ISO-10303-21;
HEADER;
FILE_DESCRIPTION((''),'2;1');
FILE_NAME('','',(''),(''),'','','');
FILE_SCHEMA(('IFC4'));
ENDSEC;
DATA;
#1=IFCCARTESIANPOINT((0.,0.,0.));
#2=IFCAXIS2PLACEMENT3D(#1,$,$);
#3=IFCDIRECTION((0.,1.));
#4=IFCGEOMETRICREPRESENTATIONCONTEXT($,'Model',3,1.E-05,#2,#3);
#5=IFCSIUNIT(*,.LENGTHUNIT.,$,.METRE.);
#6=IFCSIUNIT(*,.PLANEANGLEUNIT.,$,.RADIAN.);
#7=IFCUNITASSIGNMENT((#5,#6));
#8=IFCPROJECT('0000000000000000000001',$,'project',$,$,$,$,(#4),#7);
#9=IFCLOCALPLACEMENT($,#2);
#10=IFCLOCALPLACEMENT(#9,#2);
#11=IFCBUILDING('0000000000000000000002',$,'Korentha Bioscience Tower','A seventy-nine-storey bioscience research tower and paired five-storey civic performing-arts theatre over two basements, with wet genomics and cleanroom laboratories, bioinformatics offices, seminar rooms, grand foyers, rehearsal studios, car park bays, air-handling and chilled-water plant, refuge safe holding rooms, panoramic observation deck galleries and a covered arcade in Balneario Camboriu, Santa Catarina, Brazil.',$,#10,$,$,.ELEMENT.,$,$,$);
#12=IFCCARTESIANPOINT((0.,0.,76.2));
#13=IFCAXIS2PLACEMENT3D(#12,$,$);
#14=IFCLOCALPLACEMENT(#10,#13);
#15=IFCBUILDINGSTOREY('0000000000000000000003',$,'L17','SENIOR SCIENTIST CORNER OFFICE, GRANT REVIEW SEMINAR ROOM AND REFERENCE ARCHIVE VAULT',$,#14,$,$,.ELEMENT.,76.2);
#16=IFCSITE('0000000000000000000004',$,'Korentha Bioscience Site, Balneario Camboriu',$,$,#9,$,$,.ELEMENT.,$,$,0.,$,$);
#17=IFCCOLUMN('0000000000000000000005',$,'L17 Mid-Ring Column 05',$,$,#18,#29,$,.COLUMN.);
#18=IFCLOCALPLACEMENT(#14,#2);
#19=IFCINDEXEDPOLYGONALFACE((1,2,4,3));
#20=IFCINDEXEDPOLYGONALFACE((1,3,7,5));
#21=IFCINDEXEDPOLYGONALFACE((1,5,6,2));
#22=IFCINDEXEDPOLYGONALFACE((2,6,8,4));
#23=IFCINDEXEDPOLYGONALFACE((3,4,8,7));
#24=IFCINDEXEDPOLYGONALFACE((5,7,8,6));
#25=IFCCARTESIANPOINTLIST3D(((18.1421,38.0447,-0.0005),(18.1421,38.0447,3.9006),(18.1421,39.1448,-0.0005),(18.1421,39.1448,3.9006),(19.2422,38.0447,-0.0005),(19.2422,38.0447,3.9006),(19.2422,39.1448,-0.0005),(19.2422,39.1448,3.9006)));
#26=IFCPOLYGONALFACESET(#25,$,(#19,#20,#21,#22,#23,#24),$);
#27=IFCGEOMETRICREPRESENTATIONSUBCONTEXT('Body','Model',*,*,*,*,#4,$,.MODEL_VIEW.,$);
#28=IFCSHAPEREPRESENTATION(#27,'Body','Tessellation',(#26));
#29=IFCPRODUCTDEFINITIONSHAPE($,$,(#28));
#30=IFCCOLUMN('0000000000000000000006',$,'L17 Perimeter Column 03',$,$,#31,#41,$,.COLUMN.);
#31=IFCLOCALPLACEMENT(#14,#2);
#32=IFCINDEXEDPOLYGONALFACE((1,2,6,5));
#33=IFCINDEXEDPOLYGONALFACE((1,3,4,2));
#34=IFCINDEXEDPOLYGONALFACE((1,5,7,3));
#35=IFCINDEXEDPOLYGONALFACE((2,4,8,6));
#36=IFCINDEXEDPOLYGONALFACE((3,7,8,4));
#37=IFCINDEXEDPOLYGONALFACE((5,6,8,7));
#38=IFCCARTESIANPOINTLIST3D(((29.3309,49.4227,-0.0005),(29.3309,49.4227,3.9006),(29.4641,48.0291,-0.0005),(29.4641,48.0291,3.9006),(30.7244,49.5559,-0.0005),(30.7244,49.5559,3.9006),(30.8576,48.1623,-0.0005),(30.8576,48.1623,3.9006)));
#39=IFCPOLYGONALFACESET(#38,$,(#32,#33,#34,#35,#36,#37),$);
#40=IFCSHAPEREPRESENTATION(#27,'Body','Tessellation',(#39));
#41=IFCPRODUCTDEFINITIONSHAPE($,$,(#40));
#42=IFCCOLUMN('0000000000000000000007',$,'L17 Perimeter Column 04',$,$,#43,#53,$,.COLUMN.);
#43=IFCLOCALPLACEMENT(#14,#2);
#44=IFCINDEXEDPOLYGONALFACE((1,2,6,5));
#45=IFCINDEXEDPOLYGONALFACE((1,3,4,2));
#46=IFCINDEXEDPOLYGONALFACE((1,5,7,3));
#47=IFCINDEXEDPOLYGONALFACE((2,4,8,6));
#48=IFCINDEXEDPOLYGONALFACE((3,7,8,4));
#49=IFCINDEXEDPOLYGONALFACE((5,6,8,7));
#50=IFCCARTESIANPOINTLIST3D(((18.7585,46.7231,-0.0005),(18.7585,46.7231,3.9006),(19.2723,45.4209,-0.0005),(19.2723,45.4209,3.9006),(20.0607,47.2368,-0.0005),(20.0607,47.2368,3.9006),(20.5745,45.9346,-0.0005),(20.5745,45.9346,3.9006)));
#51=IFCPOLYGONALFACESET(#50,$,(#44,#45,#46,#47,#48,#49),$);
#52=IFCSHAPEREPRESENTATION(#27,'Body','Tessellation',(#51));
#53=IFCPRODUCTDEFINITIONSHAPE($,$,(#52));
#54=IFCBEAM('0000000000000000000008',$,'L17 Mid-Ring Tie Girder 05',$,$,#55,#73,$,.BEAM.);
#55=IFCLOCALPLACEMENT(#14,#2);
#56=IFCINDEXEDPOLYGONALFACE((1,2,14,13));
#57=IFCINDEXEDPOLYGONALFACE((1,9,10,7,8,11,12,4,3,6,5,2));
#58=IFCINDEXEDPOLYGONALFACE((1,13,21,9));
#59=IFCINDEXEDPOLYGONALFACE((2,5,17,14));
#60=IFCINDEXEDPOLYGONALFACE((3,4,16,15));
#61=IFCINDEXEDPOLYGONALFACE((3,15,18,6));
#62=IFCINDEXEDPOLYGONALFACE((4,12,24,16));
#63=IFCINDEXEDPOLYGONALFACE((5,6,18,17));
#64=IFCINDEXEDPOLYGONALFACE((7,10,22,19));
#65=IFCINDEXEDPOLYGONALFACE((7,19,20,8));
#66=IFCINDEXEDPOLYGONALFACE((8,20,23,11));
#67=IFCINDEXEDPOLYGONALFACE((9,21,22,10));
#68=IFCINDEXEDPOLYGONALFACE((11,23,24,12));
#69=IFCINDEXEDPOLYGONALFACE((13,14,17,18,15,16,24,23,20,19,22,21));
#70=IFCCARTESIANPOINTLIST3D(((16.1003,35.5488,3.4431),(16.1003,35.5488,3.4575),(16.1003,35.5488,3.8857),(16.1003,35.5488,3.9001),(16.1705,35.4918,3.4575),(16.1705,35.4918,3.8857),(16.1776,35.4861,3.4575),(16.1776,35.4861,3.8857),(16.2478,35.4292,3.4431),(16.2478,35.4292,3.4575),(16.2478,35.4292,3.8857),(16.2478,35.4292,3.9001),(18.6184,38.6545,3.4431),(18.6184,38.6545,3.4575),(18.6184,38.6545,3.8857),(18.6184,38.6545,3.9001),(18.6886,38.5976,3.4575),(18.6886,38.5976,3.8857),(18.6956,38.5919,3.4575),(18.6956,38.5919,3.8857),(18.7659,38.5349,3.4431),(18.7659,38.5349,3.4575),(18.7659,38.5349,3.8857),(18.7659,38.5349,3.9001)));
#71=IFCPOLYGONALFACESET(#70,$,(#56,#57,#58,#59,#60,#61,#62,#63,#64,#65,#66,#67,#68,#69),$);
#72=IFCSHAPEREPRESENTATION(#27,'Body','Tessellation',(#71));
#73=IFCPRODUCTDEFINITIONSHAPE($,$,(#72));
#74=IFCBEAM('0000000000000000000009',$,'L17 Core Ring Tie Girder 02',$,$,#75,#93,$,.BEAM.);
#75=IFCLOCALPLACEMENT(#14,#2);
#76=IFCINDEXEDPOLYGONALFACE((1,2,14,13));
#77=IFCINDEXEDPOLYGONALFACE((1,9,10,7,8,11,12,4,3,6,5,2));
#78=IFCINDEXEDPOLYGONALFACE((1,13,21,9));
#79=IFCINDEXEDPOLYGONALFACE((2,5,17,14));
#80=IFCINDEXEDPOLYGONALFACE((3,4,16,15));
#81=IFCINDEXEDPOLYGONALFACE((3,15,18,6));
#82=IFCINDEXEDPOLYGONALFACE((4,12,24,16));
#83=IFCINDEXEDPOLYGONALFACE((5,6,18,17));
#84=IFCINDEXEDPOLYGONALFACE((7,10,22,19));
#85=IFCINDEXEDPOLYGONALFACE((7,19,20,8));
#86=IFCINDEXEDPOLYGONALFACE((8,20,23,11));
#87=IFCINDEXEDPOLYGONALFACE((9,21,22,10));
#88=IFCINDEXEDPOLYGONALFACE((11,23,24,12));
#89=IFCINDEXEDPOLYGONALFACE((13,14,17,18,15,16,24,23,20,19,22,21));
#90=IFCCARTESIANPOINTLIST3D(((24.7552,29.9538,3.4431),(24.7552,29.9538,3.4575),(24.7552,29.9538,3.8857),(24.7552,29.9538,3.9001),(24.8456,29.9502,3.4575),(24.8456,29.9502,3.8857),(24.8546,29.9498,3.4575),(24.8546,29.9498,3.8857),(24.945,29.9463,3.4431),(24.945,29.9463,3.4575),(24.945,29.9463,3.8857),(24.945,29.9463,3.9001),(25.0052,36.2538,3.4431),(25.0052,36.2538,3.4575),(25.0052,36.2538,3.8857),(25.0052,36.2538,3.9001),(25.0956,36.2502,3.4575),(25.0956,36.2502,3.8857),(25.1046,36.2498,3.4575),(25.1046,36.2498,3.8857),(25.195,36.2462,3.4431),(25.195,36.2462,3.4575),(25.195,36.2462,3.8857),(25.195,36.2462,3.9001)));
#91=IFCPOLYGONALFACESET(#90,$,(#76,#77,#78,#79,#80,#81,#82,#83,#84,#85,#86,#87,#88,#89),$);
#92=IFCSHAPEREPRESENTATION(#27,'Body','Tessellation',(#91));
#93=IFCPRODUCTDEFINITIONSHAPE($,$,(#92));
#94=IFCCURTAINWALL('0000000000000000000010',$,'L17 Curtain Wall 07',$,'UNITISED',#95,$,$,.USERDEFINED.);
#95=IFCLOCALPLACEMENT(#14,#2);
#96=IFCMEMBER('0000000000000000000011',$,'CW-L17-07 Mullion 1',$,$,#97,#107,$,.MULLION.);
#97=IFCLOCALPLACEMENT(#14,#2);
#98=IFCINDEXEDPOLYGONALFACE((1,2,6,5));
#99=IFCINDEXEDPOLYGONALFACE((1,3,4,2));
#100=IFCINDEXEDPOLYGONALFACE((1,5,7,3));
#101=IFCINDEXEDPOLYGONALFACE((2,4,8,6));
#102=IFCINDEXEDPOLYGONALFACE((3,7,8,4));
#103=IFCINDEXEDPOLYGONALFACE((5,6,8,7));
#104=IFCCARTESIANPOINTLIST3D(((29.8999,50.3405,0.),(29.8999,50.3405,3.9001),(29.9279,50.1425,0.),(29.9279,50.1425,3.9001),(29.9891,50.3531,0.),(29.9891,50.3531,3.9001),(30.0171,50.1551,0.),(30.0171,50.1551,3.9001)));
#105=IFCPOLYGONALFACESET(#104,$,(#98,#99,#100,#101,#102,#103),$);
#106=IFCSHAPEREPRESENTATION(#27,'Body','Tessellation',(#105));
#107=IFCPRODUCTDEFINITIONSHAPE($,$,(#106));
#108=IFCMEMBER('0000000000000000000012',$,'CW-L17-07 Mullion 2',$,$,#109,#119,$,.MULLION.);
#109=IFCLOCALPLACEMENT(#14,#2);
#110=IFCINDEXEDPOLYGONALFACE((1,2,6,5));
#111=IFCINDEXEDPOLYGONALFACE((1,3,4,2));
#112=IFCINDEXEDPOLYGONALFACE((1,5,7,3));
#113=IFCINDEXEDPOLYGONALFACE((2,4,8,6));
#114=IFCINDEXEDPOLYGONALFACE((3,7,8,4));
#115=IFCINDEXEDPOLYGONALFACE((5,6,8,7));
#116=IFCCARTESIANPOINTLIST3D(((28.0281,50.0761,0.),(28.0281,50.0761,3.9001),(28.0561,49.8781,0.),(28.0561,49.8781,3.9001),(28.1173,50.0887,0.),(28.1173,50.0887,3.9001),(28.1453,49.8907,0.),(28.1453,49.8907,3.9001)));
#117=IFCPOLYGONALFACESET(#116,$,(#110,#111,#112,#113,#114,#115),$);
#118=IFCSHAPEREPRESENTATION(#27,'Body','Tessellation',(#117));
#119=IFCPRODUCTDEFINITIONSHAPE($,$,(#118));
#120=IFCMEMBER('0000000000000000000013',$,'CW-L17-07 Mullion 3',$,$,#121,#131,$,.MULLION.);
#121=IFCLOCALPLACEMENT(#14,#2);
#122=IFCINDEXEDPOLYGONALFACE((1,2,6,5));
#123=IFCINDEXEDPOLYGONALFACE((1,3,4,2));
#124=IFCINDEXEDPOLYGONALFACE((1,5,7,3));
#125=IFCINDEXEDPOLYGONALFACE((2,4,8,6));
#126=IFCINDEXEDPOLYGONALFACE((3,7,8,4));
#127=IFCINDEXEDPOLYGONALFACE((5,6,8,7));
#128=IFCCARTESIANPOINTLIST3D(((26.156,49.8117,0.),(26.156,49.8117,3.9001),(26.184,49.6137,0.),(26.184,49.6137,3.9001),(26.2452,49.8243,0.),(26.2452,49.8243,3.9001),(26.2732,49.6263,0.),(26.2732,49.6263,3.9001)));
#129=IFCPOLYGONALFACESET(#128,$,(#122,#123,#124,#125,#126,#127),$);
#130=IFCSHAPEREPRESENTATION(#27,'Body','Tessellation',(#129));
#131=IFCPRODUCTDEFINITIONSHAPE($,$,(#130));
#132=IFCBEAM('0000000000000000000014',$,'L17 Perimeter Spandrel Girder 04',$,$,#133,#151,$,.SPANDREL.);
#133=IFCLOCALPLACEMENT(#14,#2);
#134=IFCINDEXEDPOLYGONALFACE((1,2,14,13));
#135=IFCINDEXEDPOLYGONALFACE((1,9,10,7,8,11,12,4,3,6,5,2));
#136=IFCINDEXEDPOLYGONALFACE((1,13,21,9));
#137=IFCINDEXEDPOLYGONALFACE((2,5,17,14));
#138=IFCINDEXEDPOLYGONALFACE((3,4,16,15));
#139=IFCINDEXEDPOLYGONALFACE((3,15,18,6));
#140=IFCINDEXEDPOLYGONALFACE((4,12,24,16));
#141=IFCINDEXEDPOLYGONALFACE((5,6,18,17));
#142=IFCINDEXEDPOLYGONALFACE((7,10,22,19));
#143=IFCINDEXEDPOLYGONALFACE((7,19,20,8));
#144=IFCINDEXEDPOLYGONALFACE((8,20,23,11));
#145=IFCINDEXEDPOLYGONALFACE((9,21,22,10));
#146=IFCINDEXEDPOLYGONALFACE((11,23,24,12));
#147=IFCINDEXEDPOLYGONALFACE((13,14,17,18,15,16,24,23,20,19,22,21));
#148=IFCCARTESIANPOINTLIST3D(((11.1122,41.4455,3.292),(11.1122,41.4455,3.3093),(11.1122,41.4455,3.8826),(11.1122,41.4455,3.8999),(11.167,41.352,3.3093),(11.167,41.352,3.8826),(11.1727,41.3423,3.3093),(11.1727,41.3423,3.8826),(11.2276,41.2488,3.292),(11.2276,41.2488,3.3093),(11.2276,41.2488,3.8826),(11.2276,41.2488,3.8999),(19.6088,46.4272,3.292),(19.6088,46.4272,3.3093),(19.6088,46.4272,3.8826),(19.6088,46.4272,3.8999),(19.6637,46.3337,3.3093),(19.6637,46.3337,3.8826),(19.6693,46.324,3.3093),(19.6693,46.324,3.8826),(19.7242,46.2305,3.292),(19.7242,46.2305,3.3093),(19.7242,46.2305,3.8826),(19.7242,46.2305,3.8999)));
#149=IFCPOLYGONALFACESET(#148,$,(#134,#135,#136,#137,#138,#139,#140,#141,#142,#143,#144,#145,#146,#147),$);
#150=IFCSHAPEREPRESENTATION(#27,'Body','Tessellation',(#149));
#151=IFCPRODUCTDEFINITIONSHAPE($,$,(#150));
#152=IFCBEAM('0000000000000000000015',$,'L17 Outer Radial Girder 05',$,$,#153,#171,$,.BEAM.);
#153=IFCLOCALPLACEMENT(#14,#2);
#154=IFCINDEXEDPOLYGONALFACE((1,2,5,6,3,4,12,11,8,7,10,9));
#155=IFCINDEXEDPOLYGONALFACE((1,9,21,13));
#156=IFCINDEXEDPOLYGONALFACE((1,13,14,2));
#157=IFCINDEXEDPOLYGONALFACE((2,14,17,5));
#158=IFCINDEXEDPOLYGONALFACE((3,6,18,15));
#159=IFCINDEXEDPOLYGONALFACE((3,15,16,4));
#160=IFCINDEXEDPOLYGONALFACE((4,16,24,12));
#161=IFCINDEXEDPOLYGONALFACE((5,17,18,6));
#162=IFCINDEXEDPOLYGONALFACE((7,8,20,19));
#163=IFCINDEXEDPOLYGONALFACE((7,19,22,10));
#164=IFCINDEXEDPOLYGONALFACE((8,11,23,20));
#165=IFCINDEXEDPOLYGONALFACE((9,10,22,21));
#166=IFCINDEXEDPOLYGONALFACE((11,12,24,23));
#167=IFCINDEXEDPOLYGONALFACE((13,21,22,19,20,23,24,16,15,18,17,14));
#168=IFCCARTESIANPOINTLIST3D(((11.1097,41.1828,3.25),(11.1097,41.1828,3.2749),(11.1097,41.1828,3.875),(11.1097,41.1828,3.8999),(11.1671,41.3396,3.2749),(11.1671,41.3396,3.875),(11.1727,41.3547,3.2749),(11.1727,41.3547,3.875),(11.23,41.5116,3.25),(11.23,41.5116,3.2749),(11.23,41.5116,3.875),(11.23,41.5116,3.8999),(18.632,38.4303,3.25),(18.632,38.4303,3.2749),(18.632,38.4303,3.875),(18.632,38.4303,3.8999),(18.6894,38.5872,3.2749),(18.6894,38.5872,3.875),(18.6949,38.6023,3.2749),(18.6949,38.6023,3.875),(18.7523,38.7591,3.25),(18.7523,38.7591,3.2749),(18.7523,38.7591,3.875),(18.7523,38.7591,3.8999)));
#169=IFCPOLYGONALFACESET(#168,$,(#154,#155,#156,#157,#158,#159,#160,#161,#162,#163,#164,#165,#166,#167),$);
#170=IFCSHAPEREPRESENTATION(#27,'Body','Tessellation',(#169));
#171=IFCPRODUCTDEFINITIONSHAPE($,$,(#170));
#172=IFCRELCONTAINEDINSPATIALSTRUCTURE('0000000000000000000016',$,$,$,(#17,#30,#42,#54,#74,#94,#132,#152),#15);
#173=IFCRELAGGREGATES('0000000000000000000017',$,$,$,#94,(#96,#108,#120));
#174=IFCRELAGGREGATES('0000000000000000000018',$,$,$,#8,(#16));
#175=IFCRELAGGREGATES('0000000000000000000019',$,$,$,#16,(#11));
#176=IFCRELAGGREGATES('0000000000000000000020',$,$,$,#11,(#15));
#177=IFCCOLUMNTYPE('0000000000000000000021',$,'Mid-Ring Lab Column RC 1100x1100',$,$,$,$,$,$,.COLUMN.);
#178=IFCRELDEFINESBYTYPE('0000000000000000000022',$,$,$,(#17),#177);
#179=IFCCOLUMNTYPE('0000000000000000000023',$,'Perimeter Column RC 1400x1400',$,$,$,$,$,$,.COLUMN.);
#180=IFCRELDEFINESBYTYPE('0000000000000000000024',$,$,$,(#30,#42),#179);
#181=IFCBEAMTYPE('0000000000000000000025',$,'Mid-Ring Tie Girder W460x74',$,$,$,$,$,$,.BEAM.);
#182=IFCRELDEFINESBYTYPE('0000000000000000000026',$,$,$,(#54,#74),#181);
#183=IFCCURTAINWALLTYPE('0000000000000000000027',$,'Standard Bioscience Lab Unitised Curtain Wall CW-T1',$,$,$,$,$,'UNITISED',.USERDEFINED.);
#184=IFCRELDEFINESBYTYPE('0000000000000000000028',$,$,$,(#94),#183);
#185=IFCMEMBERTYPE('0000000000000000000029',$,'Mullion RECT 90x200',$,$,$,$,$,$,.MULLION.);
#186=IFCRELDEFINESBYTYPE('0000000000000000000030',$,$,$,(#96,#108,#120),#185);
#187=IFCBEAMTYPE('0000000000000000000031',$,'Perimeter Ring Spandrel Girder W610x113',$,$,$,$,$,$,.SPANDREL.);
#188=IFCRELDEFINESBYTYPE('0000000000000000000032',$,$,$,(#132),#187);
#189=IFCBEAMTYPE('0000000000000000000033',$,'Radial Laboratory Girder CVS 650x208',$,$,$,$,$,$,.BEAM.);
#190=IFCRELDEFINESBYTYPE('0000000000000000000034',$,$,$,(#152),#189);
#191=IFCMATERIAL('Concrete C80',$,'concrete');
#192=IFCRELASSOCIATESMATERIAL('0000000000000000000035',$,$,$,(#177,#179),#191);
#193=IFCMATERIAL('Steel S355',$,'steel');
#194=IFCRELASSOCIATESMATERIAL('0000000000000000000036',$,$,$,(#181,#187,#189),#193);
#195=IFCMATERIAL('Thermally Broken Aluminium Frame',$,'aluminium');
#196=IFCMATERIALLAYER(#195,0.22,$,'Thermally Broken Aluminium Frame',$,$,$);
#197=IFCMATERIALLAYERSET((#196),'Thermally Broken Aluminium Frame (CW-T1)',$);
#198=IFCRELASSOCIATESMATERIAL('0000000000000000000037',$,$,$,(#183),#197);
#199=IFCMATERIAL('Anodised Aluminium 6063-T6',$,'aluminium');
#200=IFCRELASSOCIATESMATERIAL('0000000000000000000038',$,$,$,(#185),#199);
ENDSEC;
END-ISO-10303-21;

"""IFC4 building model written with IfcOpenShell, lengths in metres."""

from ifc_helpers import new_model, si_unit, direction, frame, origin, origin_2d, place, context, subcontext, project, spatial, rectangle, i_section, extrude, material, layer, layer_set, material_profile, profile_set, type_object, element, aggregate, save


model = new_model("IFC4")

# Units and contexts
model_context = context("Model", 3, precision=1e-05, world=origin(), true_north=direction((0.0, 1.0)))
body_context = subcontext(model_context, "Body", "Model", "MODEL_VIEW")
ifc_project = project(units=[si_unit("LENGTHUNIT", "METRE"), si_unit("PLANEANGLEUNIT", "RADIAN")], contexts=[model_context])

# Site, building, storey
site_placement = place(None, origin())
site = spatial("IfcSite", under=ifc_project, at=site_placement, Name="Korentha Bioscience Site, Balneario Camboriu", CompositionType="ELEMENT", RefElevation=0.0)
building_placement = place(site_placement, origin())
building = spatial("IfcBuilding", under=site, at=building_placement, Name="Korentha Bioscience Tower", Description="A seventy-nine-storey bioscience research tower and paired five-storey civic performing-arts theatre over two basements, with wet genomics and cleanroom laboratories, bioinformatics offices, seminar rooms, grand foyers, rehearsal studios, car park bays, air-handling and chilled-water plant, refuge safe holding rooms, panoramic observation deck galleries and a covered arcade in Balneario Camboriu, Santa Catarina, Brazil.", CompositionType="ELEMENT")
storey_placement = place(building_placement, frame((0.0, 0.0, 76.2)))
storey = spatial("IfcBuildingStorey", under=building, at=storey_placement, Name="L17", Description="SENIOR SCIENTIST CORNER OFFICE, GRANT REVIEW SEMINAR ROOM AND REFERENCE ARCHIVE VAULT", CompositionType="ELEMENT", Elevation=76.2)

# Columns
ifc_material_1 = material(Name="Concrete C80", Category="concrete")
ifc_material_profile_1 = material_profile(ifc_material_1, rectangle(XDim=1.1001, YDim=1.1001, at=origin_2d()), Name="Concrete C80")
ifc_profile_set_1 = profile_set([ifc_material_profile_1], Name="Concrete C80 (COL-MR11)")
column_type_1 = type_object("IfcColumnType", Name="Mid-Ring Lab Column RC 1100x1100", PredefinedType="COLUMN", material=ifc_profile_set_1)
column_placement = place(storey_placement, frame((18.6921, 38.5947, -0.0005), z_axis=(0.0, 0.0, 1.0), x_axis=(1.0, 0.0, 0.0)))
element("IfcColumn", 1, at=column_placement, inside=storey, type_object=column_type_1, Name="L17 Mid-Ring Column 05", PredefinedType="COLUMN", context=body_context, shape_type="SweptSolid", body=[
    extrude(rectangle(XDim=1.1001, YDim=1.1001, at=origin_2d()), origin(), (0.0, 0.0, 1.0), 3.9011),
])
ifc_material_profile_2 = material_profile(ifc_material_1, rectangle(XDim=1.3999, YDim=1.3999, at=origin_2d()), Name="Concrete C80")
ifc_profile_set_2 = profile_set([ifc_material_profile_2], Name="Concrete C80 (COL-P14)")
column_type_2 = type_object("IfcColumnType", Name="Perimeter Column RC 1400x1400", PredefinedType="COLUMN", material=ifc_profile_set_2)
for number, where, z_axis, x_axis, name in (
    (2, (30.0942, 48.7925, -0.0005), (0.0, 0.0, 1.0), (0.995463, 0.095151, 0.0), "L17 Perimeter Column 03"),
    (3, (19.6665, 46.3289, -0.0005), (0.0, 0.0, 1.0), (0.930226, 0.366988, 0.0), "L17 Perimeter Column 04"),
):
    element("IfcColumn", number, at=place(storey_placement, frame(where, z_axis=z_axis, x_axis=x_axis)), inside=storey, type_object=column_type_2, Name=name, PredefinedType="COLUMN", context=body_context, shape_type="SweptSolid", body=[
        extrude(rectangle(XDim=1.3999, YDim=1.3999, at=origin_2d()), origin(), (0.0, 0.0, 1.0), 3.9011),
    ])

# Beams
ifc_material_2 = material(Name="Steel S355", Category="steel")
ifc_material_profile_3 = material_profile(ifc_material_2, i_section(OverallWidth=0.1899, OverallDepth=0.457, WebThickness=0.009, FlangeThickness=0.0144, at=origin_2d()), Name="Steel S355")
ifc_profile_set_3 = profile_set([ifc_material_profile_3], Name="Steel S355 (MB-460)")
beam_type_1 = type_object("IfcBeamType", Name="Mid-Ring Tie Girder W460x74", PredefinedType="BEAM", material=ifc_profile_set_3)
beam_1_placement = place(storey_placement, frame((18.6921, 38.5947, 3.6716), z_axis=(-0.62979, -0.776765, 0.0), x_axis=(0.776765, -0.62979, 0.0)))
element("IfcBeam", 4, at=beam_1_placement, inside=storey, type_object=beam_type_1, Name="L17 Mid-Ring Tie Girder 05", PredefinedType="BEAM", context=body_context, shape_type="SweptSolid", body=[
    extrude(i_section(OverallWidth=0.1899, OverallDepth=0.457, WebThickness=0.009, FlangeThickness=0.0144, at=origin_2d()), origin(), (0.0, 0.0, 1.0), 3.9983),
])
beam_2_placement = place(storey_placement, frame((25.1001, 36.25, 3.6716), z_axis=(-0.039651, -0.999214, 0.0), x_axis=(0.999214, -0.039651, 0.0)))
element("IfcBeam", 5, at=beam_2_placement, inside=storey, type_object=beam_type_1, Name="L17 Core Ring Tie Girder 02", PredefinedType="BEAM", context=body_context, shape_type="SweptSolid", body=[
    extrude(i_section(OverallWidth=0.1899, OverallDepth=0.457, WebThickness=0.009, FlangeThickness=0.0144, at=origin_2d()), origin(), (0.0, 0.0, 1.0), 6.3049),
])

# Curtain wall, members
ifc_material_3 = material(Name="Thermally Broken Aluminium Frame", Category="aluminium")
ifc_layer_1 = layer(ifc_material_3, 0.22, Name="Thermally Broken Aluminium Frame")
ifc_layer_set_1 = layer_set([ifc_layer_1], Name="Thermally Broken Aluminium Frame (CW-T1)")
curtain_wall_type = type_object("IfcCurtainWallType", Name="Standard Bioscience Lab Unitised Curtain Wall CW-T1", ElementType="UNITISED", PredefinedType="USERDEFINED", material=ifc_layer_set_1)
curtain_wall_placement = place(storey_placement, origin())
curtain_wall = element("IfcCurtainWall", 6, at=curtain_wall_placement, inside=storey, type_object=curtain_wall_type, Name="L17 Curtain Wall 07", ObjectType="UNITISED", PredefinedType="USERDEFINED")
ifc_material_4 = material(Name="Anodised Aluminium 6063-T6", Category="aluminium")
ifc_material_profile_4 = material_profile(ifc_material_4, rectangle(XDim=0.0901, YDim=0.2, at=origin_2d()), Name="Anodised Aluminium 6063-T6")
ifc_profile_set_4 = profile_set([ifc_material_profile_4], Name="Anodised Aluminium 6063-T6 (CW-MUL)")
member_type_1 = type_object("IfcMemberType", Name="Mullion RECT 90x200", PredefinedType="MULLION", material=ifc_profile_set_4)
member_1_placement = place(storey_placement, frame((29.9585, 50.2478, 0.0), z_axis=(0.0, 0.0, 1.0), x_axis=(-0.990167, -0.139888, 0.0)))
member_1 = element("IfcMember", 7, at=member_1_placement, type_object=member_type_1, Name="CW-L17-07 Mullion 1", PredefinedType="MULLION", context=body_context, shape_type="SweptSolid", body=[
    extrude(rectangle(XDim=0.0901, YDim=0.2, at=origin_2d()), origin(), (0.0, 0.0, 1.0), 3.9001),
])
member_2_placement = place(storey_placement, frame((28.0867, 49.9834, 0.0), z_axis=(0.0, 0.0, 1.0), x_axis=(-0.990167, -0.139888, 0.0)))
member_2 = element("IfcMember", 8, at=member_2_placement, type_object=member_type_1, Name="CW-L17-07 Mullion 2", PredefinedType="MULLION", context=body_context, shape_type="SweptSolid", body=[
    extrude(rectangle(XDim=0.0901, YDim=0.2, at=origin_2d()), origin(), (0.0, 0.0, 1.0), 3.9001),
])
member_3_placement = place(storey_placement, frame((26.2146, 49.719, 0.0), z_axis=(0.0, 0.0, 1.0), x_axis=(-0.990167, -0.139888, 0.0)))
member_3 = element("IfcMember", 9, at=member_3_placement, type_object=member_type_1, Name="CW-L17-07 Mullion 3", PredefinedType="MULLION", context=body_context, shape_type="SweptSolid", body=[
    extrude(rectangle(XDim=0.0901, YDim=0.2, at=origin_2d()), origin(), (0.0, 0.0, 1.0), 3.9001),
])

# Beams
ifc_material_profile_5 = material_profile(ifc_material_2, i_section(OverallWidth=0.228, OverallDepth=0.6079, WebThickness=0.0112, FlangeThickness=0.0173, at=origin_2d()), Name="Steel S355")
ifc_profile_set_5 = profile_set([ifc_material_profile_5], Name="Steel S355 (SB-610)")
beam_type_2 = type_object("IfcBeamType", Name="Perimeter Ring Spandrel Girder W610x113", PredefinedType="SPANDREL", material=ifc_profile_set_5)
beam_3_placement = place(storey_placement, frame((19.6665, 46.3289, 3.5959), z_axis=(-0.862657, -0.50579, 0.0), x_axis=(0.50579, -0.862657, 0.0)))
element("IfcBeam", 10, at=beam_3_placement, inside=storey, type_object=beam_type_2, Name="L17 Perimeter Spandrel Girder 04", PredefinedType="SPANDREL", context=body_context, shape_type="SweptSolid", body=[
    extrude(i_section(OverallWidth=0.228, OverallDepth=0.6079, WebThickness=0.0112, FlangeThickness=0.0173, at=origin_2d()), origin(), (0.0, 0.0, 1.0), 9.8494),
])
ifc_material_profile_6 = material_profile(ifc_material_2, i_section(OverallWidth=0.3501, OverallDepth=0.6499, WebThickness=0.0161, FlangeThickness=0.0249, at=origin_2d()), Name="Steel S355")
ifc_profile_set_6 = profile_set([ifc_material_profile_6], Name="Steel S355 (RB-650)")
beam_type_3 = type_object("IfcBeamType", Name="Radial Laboratory Girder CVS 650x208", PredefinedType="BEAM", material=ifc_profile_set_6)
beam_4_placement = place(storey_placement, frame((18.6921, 38.5947, 3.575), z_axis=(-0.939106, 0.343627, 0.0), x_axis=(-0.343627, -0.939106, 0.0)))
element("IfcBeam", 11, at=beam_4_placement, inside=storey, type_object=beam_type_3, Name="L17 Outer Radial Girder 05", PredefinedType="BEAM", context=body_context, shape_type="SweptSolid", body=[
    extrude(i_section(OverallWidth=0.3501, OverallDepth=0.6499, WebThickness=0.0161, FlangeThickness=0.0249, at=origin_2d()), origin(), (0.0, 0.0, 1.0), 8.01),
])

aggregate(curtain_wall, [member_1, member_2, member_3])

save(model, "model.ifc")
